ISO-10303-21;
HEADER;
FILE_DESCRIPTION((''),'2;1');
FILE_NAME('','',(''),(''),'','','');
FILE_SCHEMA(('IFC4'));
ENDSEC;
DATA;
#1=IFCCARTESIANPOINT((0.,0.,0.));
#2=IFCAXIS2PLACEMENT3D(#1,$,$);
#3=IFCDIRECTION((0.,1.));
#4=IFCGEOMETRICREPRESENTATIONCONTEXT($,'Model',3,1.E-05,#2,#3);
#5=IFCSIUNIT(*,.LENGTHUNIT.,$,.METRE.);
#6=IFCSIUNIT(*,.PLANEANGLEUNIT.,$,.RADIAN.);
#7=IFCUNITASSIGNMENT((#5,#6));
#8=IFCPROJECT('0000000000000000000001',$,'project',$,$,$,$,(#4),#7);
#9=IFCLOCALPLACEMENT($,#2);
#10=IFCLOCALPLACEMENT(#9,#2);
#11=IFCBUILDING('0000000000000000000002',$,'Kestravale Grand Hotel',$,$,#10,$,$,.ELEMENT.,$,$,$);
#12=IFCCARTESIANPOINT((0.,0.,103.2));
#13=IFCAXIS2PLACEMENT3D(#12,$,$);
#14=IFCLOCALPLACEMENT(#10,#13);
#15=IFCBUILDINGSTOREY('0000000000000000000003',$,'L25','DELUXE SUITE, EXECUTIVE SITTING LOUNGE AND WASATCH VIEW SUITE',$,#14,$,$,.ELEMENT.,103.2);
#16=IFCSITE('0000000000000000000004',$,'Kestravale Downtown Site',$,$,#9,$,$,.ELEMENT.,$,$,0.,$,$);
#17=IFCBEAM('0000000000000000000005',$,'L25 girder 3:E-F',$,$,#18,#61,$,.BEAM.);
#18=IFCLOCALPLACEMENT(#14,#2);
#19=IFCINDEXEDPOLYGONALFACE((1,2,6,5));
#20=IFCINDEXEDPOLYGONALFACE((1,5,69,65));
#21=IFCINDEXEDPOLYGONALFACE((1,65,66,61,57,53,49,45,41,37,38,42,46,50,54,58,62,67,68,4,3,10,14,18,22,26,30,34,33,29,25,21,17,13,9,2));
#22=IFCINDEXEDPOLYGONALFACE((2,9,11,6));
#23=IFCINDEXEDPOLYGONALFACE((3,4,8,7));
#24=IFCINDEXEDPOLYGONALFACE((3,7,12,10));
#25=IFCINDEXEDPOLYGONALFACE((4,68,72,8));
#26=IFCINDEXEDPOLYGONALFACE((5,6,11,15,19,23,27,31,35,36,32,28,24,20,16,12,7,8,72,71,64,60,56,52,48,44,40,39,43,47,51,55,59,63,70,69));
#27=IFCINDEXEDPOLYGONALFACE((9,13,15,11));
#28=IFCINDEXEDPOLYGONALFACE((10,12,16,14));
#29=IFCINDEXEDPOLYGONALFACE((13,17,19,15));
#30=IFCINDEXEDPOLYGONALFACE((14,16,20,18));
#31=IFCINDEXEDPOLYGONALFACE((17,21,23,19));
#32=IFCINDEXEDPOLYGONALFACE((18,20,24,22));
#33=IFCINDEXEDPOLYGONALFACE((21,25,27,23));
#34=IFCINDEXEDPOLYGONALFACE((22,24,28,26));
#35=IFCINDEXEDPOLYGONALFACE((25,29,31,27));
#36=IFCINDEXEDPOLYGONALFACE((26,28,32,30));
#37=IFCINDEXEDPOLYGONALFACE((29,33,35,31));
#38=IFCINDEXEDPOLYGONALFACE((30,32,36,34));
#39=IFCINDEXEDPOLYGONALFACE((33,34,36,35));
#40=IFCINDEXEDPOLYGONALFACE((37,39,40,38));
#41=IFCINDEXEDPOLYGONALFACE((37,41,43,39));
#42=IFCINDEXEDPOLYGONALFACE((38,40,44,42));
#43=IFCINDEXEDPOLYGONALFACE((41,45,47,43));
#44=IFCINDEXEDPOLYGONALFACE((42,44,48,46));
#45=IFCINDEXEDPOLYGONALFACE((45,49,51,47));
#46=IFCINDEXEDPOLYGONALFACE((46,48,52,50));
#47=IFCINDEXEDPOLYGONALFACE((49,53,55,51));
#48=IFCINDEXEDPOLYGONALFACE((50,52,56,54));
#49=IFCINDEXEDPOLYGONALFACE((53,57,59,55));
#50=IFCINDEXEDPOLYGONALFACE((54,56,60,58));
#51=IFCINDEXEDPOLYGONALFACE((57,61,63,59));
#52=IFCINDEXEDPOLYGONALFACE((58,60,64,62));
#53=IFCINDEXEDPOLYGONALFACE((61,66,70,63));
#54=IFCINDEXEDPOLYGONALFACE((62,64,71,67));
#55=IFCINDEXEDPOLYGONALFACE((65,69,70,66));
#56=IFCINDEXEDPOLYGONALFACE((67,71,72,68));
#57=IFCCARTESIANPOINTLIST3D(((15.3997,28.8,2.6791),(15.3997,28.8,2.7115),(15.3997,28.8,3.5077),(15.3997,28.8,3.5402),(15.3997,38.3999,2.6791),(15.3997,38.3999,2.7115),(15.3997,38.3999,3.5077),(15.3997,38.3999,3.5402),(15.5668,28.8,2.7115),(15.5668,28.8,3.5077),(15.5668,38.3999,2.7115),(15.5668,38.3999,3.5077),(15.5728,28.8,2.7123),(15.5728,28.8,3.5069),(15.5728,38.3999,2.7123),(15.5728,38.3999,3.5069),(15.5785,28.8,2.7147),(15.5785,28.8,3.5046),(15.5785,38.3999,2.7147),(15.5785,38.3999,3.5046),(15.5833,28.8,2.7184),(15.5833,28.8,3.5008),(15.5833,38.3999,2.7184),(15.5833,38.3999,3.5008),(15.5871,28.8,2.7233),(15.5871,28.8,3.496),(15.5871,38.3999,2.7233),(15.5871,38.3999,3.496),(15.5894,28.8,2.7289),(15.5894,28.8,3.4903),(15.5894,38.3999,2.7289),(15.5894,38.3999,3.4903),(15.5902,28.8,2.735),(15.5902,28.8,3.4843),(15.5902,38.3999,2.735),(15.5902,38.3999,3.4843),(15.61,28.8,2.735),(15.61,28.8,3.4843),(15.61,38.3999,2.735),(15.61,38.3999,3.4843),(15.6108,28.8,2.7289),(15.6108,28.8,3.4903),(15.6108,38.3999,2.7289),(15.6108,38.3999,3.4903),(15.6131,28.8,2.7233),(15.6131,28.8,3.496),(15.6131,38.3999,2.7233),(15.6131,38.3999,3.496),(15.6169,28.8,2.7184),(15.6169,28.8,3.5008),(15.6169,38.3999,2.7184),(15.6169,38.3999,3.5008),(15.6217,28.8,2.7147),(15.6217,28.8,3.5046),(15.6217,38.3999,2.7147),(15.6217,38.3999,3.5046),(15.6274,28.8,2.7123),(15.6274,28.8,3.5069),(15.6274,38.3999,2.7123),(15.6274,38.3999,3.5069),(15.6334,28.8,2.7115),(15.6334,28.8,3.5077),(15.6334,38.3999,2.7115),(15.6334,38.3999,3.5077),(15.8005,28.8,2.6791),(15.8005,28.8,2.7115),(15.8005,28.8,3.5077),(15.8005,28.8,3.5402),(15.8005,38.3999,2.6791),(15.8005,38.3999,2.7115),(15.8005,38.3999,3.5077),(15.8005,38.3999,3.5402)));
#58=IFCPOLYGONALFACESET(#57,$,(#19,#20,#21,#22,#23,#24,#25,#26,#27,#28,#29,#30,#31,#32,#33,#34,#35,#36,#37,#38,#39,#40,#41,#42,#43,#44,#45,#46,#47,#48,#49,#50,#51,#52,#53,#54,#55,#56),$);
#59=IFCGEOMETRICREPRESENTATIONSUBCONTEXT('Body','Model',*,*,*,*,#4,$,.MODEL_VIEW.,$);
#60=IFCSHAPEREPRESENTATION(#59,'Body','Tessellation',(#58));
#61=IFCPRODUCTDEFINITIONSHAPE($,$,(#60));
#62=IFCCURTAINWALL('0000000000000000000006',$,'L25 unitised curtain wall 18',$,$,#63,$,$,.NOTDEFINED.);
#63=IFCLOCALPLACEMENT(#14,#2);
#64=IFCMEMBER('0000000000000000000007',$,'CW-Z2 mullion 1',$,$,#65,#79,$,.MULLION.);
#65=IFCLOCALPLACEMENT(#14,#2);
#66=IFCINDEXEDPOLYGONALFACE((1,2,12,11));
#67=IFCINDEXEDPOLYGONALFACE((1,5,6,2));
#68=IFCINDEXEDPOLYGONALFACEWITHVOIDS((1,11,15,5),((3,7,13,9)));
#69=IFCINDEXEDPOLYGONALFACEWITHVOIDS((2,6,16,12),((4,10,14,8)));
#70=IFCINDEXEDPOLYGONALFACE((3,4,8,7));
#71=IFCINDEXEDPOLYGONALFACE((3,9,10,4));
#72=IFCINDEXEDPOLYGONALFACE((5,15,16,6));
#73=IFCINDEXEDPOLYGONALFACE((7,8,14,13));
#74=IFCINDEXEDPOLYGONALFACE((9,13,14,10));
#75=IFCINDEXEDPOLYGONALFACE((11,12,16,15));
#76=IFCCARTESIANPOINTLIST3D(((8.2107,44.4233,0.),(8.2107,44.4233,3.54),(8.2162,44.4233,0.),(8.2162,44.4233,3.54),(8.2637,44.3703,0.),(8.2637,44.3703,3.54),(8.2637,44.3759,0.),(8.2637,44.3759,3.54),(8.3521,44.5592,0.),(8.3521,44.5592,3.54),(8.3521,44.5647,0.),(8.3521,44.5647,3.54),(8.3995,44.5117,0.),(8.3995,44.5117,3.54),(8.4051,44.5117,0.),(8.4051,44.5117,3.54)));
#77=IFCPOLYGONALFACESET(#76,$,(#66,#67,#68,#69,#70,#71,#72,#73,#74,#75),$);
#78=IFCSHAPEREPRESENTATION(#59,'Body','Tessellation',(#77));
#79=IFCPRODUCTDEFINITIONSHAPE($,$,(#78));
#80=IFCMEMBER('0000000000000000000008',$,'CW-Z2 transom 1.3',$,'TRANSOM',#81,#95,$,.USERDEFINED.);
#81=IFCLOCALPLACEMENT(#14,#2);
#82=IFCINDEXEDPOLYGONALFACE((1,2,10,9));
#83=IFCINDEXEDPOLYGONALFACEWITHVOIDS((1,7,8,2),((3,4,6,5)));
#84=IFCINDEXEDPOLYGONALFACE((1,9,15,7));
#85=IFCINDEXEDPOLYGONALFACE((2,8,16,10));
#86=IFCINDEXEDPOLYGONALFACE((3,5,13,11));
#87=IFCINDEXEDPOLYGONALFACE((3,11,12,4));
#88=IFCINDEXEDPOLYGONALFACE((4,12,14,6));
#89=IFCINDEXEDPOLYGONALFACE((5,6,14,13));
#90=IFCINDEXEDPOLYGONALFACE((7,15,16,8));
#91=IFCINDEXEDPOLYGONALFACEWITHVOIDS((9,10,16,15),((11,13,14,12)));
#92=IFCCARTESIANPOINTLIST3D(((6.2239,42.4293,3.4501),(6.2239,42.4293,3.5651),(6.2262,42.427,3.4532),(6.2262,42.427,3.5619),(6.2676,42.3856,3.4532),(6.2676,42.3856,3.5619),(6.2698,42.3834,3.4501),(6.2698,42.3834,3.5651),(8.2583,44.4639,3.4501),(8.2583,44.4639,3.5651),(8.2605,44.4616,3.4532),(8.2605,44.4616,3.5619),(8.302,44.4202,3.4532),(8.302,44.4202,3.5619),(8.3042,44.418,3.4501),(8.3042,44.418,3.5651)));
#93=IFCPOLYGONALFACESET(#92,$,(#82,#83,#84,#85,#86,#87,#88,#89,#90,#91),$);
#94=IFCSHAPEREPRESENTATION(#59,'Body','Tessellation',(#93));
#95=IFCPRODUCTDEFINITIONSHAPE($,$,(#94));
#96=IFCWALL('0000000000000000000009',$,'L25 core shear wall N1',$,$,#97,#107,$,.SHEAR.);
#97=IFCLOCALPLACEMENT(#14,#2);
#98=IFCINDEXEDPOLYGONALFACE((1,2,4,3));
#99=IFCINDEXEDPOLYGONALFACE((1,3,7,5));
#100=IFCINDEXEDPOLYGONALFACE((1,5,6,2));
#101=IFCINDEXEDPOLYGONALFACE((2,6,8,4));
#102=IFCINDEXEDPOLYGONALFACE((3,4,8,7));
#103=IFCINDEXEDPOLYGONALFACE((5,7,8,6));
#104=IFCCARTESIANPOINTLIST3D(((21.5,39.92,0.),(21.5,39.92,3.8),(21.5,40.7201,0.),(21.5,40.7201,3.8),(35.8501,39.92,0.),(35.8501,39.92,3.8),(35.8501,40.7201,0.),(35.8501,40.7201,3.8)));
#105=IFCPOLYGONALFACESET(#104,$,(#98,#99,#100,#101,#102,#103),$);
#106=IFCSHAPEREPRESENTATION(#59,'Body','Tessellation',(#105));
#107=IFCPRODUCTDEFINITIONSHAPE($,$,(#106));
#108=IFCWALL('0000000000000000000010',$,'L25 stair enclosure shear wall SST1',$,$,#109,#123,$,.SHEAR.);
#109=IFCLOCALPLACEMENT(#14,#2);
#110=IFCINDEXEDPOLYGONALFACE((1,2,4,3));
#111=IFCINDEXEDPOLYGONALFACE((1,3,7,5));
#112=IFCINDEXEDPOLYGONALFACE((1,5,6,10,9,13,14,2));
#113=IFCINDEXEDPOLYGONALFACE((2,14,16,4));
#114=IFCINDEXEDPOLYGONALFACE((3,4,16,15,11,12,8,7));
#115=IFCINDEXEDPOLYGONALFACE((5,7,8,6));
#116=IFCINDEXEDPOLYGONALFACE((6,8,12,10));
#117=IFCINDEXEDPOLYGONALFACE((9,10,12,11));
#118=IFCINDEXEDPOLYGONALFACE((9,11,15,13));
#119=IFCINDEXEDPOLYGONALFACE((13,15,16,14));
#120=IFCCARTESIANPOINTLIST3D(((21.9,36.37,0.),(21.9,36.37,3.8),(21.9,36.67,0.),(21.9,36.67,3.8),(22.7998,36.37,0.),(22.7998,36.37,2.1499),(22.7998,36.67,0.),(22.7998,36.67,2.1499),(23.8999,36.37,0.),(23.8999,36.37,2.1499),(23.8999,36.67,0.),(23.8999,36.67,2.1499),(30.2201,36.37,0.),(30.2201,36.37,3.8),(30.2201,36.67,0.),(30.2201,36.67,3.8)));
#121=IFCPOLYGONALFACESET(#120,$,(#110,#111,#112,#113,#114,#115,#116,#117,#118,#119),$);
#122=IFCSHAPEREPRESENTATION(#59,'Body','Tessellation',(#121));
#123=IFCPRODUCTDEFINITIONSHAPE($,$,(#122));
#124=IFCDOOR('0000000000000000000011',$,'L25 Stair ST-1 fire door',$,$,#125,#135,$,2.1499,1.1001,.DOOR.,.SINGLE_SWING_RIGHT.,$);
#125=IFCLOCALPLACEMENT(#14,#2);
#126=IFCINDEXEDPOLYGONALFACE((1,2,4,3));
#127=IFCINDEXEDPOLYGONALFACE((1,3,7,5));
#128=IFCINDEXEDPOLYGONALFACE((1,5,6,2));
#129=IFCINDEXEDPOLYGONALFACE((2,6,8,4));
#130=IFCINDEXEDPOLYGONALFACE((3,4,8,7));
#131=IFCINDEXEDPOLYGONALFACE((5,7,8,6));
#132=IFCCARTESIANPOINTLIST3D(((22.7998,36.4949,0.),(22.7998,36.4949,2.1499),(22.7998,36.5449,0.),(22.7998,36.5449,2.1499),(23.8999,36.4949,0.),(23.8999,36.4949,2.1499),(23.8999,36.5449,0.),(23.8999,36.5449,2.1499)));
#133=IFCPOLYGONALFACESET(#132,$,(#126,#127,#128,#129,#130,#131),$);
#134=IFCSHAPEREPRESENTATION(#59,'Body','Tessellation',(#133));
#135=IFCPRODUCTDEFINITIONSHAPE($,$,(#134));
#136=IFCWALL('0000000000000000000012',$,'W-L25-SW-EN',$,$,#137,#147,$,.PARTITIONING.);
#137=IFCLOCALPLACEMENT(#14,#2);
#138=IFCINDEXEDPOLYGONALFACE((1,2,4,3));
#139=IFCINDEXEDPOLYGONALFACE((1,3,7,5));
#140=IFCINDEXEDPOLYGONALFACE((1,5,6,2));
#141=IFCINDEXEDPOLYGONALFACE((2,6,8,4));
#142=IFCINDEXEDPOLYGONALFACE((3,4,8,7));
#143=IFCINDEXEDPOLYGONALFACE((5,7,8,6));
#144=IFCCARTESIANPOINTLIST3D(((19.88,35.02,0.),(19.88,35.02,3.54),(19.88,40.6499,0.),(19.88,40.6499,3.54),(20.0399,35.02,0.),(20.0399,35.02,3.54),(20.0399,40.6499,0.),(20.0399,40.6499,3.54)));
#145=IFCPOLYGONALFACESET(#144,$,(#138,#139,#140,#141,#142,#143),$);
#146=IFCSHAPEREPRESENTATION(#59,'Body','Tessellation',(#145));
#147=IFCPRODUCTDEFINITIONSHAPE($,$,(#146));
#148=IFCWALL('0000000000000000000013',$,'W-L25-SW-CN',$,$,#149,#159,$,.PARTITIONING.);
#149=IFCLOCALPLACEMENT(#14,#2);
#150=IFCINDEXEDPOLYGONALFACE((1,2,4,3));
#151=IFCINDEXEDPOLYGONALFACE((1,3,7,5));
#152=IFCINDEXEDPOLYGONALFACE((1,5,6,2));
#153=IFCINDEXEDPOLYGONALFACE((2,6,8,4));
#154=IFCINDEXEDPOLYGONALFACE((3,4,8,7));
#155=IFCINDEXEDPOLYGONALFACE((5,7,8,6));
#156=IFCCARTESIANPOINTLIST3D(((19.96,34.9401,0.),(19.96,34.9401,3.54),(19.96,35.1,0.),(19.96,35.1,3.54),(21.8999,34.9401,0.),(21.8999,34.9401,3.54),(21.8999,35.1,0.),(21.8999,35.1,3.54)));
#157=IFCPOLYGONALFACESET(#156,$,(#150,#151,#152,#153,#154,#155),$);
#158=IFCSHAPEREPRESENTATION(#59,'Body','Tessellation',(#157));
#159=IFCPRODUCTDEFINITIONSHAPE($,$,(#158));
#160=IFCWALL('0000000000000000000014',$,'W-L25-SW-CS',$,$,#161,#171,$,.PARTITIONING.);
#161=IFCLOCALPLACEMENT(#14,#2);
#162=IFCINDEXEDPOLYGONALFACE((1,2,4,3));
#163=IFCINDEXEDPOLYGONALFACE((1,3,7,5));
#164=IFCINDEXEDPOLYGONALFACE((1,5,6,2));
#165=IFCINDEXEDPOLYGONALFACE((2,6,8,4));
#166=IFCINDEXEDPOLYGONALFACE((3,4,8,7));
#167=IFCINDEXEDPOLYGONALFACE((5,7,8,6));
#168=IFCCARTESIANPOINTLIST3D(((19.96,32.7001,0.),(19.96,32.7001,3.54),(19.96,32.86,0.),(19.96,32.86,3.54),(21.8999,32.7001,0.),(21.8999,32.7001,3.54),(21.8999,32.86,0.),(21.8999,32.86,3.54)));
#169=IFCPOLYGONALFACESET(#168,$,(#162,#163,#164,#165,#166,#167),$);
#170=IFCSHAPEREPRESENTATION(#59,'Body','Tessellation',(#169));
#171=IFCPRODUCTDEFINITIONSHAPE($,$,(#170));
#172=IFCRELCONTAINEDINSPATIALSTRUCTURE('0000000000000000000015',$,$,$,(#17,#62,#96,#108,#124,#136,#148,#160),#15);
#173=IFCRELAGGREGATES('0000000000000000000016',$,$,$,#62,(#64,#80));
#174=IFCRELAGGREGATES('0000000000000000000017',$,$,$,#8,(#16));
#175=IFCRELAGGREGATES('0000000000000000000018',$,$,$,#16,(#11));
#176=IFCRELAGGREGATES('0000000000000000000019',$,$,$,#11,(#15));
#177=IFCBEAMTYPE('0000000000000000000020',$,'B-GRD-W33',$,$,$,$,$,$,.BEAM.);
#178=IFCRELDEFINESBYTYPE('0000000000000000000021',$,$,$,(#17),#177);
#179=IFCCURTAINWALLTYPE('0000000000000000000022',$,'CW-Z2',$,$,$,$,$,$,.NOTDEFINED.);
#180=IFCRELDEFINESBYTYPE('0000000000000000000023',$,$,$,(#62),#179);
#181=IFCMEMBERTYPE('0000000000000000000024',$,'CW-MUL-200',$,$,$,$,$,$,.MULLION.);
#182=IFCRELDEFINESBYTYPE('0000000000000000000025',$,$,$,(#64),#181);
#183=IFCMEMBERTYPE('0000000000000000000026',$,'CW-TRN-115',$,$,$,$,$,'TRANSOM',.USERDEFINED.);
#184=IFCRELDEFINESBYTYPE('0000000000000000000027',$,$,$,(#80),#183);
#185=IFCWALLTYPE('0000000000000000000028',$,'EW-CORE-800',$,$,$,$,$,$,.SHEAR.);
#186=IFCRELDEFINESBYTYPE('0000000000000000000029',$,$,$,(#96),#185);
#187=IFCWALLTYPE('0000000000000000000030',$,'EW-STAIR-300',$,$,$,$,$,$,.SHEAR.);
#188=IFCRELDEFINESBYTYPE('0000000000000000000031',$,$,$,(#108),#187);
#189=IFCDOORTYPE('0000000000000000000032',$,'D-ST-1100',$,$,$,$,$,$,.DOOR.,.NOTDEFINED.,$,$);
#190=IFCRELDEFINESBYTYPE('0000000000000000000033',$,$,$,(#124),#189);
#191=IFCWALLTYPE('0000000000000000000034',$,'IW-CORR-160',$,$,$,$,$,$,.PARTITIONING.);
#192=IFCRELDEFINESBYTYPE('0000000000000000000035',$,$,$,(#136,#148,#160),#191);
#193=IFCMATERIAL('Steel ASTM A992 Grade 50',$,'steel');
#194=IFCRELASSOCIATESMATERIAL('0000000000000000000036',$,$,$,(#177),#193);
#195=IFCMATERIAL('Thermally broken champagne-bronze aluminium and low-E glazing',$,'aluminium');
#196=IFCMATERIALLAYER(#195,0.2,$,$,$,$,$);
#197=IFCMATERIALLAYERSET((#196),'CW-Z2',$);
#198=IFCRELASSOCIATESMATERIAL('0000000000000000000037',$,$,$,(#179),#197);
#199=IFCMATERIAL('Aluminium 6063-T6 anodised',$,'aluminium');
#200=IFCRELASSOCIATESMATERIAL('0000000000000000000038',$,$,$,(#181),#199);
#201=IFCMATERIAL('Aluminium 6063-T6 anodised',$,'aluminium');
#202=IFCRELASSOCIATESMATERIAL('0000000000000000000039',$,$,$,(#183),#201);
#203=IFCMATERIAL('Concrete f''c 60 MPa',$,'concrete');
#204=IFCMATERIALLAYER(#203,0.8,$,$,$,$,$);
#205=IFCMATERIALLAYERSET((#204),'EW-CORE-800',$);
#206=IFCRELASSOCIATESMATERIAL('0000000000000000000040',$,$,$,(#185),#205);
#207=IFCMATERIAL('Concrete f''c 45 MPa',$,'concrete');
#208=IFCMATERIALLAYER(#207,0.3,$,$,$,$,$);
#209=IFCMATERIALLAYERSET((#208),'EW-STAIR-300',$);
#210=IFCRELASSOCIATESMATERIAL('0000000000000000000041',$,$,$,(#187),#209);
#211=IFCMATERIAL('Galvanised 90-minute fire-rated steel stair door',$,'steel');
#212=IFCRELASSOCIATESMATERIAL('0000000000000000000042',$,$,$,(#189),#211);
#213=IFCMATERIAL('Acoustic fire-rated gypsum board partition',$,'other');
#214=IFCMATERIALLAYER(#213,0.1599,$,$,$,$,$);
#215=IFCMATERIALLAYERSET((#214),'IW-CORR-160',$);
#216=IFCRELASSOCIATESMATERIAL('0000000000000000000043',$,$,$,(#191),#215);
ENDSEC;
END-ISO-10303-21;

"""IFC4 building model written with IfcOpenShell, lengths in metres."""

from ifc_helpers import new_model, si_unit, direction, frame, frame_2d, origin, origin_2d, place, context, subcontext, project, spatial, rectangle, hollow_rectangle, i_section, extrude, material, layer, layer_set, material_profile, profile_set, type_object, element, fill, aggregate, save


model = new_model("IFC4")

# Units and contexts
model_context = context("Model", 3, precision=1e-05, world=origin(), true_north=direction((0.0, 1.0)))
body_context = subcontext(model_context, "Body", "Model", "MODEL_VIEW")
ifc_project = project(units=[si_unit("LENGTHUNIT", "METRE"), si_unit("PLANEANGLEUNIT", "RADIAN")], contexts=[model_context])

# Site, building, storey
site_placement = place(None, origin())
site = spatial("IfcSite", under=ifc_project, at=site_placement, Name="Kestravale Downtown Site", CompositionType="ELEMENT", RefElevation=0.0)
building_placement = place(site_placement, origin())
building = spatial("IfcBuilding", under=site, at=building_placement, Name="Kestravale Grand Hotel", CompositionType="ELEMENT")
storey_placement = place(building_placement, frame((0.0, 0.0, 103.2)))
storey = spatial("IfcBuildingStorey", under=building, at=storey_placement, Name="L25", Description="DELUXE SUITE, EXECUTIVE SITTING LOUNGE AND WASATCH VIEW SUITE", CompositionType="ELEMENT", Elevation=103.2)

# Beam
ifc_material_1 = material(Name="Steel ASTM A992 Grade 50", Category="steel")
ifc_material_profile_1 = material_profile(ifc_material_1, i_section(OverallWidth=0.4009, OverallDepth=0.8611, WebThickness=0.0198, FlangeThickness=0.0325, FilletRadius=0.0234, at=origin_2d()))
ifc_profile_set_1 = profile_set([ifc_material_profile_1], Name="Steel ASTM A992 Grade 50")
beam_type_1 = type_object("IfcBeamType", Name="B-GRD-W33", PredefinedType="BEAM", material=ifc_profile_set_1)
beam_1_placement = place(storey_placement, frame((15.6001, 28.8, 3.1096), z_axis=(0.0, 1.0, 0.0), x_axis=(-1.0, 0.0, 0.0)))
element("IfcBeam", 1, at=beam_1_placement, inside=storey, type_object=beam_type_1, Name="L25 girder 3:E-F", PredefinedType="BEAM", context=body_context, shape_type="SweptSolid", body=[
    extrude(i_section(OverallWidth=0.4009, OverallDepth=0.8611, WebThickness=0.0198, FlangeThickness=0.0325, FilletRadius=0.0234, at=origin_2d()), origin(), (0.0, 0.0, 1.0), 9.5999),
])

# Curtain wall, members
ifc_material_2 = material(Name="Thermally broken champagne-bronze aluminium and low-E glazing", Category="aluminium")
ifc_layer_1 = layer(ifc_material_2, 0.2)
ifc_layer_set_1 = layer_set([ifc_layer_1], Name="CW-Z2")
curtain_wall_type = type_object("IfcCurtainWallType", Name="CW-Z2", PredefinedType="NOTDEFINED", material=ifc_layer_set_1)
curtain_wall_placement = place(storey_placement, origin())
curtain_wall = element("IfcCurtainWall", 2, at=curtain_wall_placement, inside=storey, type_object=curtain_wall_type, Name="L25 unitised curtain wall 18", PredefinedType="NOTDEFINED")
ifc_material_3 = material(Name="Aluminium 6063-T6 anodised", Category="aluminium")
ifc_material_profile_2 = material_profile(ifc_material_3, hollow_rectangle(XDim=0.075, YDim=0.2, WallThickness=0.0039, at=origin_2d()))
ifc_profile_set_2 = profile_set([ifc_material_profile_2], Name="Aluminium 6063-T6 anodised")
member_type_1 = type_object("IfcMemberType", Name="CW-MUL-200", PredefinedType="MULLION", material=ifc_profile_set_2)
member_1_placement = place(storey_placement, frame((8.3079, 44.4675, 0.0), z_axis=(0.0, 0.0, 1.0), x_axis=(0.707107, -0.707107, 0.0)))
member_1 = element("IfcMember", 3, at=member_1_placement, type_object=member_type_1, Name="CW-Z2 mullion 1", PredefinedType="MULLION", context=body_context, shape_type="SweptSolid", body=[
    extrude(hollow_rectangle(XDim=0.075, YDim=0.2, WallThickness=0.0039, at=origin_2d()), origin(), (0.0, 0.0, 1.0), 3.54),
])
ifc_material_4 = material(Name="Aluminium 6063-T6 anodised", Category="aluminium")
ifc_material_profile_3 = material_profile(ifc_material_4, hollow_rectangle(XDim=0.0649, YDim=0.115, WallThickness=0.0032, at=origin_2d()))
ifc_profile_set_3 = profile_set([ifc_material_profile_3], Name="Aluminium 6063-T6 anodised")
member_type_2 = type_object("IfcMemberType", Name="CW-TRN-115", ElementType="TRANSOM", PredefinedType="USERDEFINED", material=ifc_profile_set_3)
member_2_placement = place(storey_placement, frame((8.2812, 44.4409, 3.5076), z_axis=(-0.707064, -0.707149, 0.0), x_axis=(0.707149, -0.707064, 0.0)))
member_2 = element("IfcMember", 4, at=member_2_placement, type_object=member_type_2, Name="CW-Z2 transom 1.3", ObjectType="TRANSOM", PredefinedType="USERDEFINED", context=body_context, shape_type="SweptSolid", body=[
    extrude(hollow_rectangle(XDim=0.0649, YDim=0.115, WallThickness=0.0032, at=origin_2d()), origin(), (0.0, 0.0, 1.0), 2.8772),
])
aggregate(curtain_wall, [member_1, member_2])

# Wall
ifc_material_5 = material(Name="Concrete f'c 60 MPa", Category="concrete")
ifc_layer_2 = layer(ifc_material_5, 0.8)
ifc_layer_set_2 = layer_set([ifc_layer_2], Name="EW-CORE-800")
wall_type_1 = type_object("IfcWallType", Name="EW-CORE-800", PredefinedType="SHEAR", material=ifc_layer_set_2)
wall_1_placement = place(storey_placement, frame((21.5, 40.3201, 0.0), z_axis=(0.0, 0.0, 1.0), x_axis=(1.0, 0.0, 0.0)))
element("IfcWall", 5, at=wall_1_placement, inside=storey, type_object=wall_type_1, Name="L25 core shear wall N1", PredefinedType="SHEAR", context=body_context, shape_type="SweptSolid", body=[
    extrude(rectangle(XDim=14.3501, YDim=0.8, at=frame_2d((7.175, 0.0))), origin(), (0.0, 0.0, 1.0), 3.8),
])

# Wall, opening, door
ifc_material_6 = material(Name="Concrete f'c 45 MPa", Category="concrete")
ifc_layer_3 = layer(ifc_material_6, 0.3)
ifc_layer_set_3 = layer_set([ifc_layer_3], Name="EW-STAIR-300")
wall_type_2 = type_object("IfcWallType", Name="EW-STAIR-300", PredefinedType="SHEAR", material=ifc_layer_set_3)
wall_2_placement = place(storey_placement, frame((21.8999, 36.52, 0.0), z_axis=(0.0, 0.0, 1.0), x_axis=(1.0, 0.0, 0.0)))
wall_2 = element("IfcWall", 6, at=wall_2_placement, inside=storey, type_object=wall_type_2, Name="L25 stair enclosure shear wall SST1", PredefinedType="SHEAR", context=body_context, shape_type="SweptSolid", body=[
    extrude(rectangle(XDim=8.3201, YDim=0.3, at=frame_2d((4.1602, 0.0))), origin(), (0.0, 0.0, 1.0), 3.8),
])
opening_1_placement = place(wall_2_placement, frame((0.8999, 0.0, 0.0)))
opening_1 = element("IfcOpeningElement", 7, at=opening_1_placement, cuts=wall_2, PredefinedType="OPENING", context=body_context, shape_type="SweptSolid", body=[
    extrude(rectangle(XDim=1.1001, YDim=2.1499, at=frame_2d((0.55, 1.075))), frame((0.0, 0.1599, 0.0), z_axis=(0.0, -1.0, 0.0), x_axis=(1.0, 0.0, 0.0)), (0.0, 0.0, 1.0), 0.3201),
])
ifc_material_7 = material(Name="Galvanised 90-minute fire-rated steel stair door", Category="steel")
door_type_1 = type_object("IfcDoorType", Name="D-ST-1100", OperationType="NOTDEFINED", PredefinedType="DOOR", material=ifc_material_7)
door_1_placement = place(opening_1_placement, origin())
door_1 = element("IfcDoor", 8, at=door_1_placement, inside=storey, type_object=door_type_1, Name="L25 Stair ST-1 fire door", OperationType="SINGLE_SWING_RIGHT", OverallHeight=2.1499, OverallWidth=1.1001, PredefinedType="DOOR", context=body_context, shape_type="SweptSolid", body=[
    extrude(rectangle(XDim=1.1001, YDim=2.1499, at=frame_2d((0.55, 1.075))), frame((0.0, 0.0249, 0.0), z_axis=(0.0, -1.0, 0.0), x_axis=(1.0, 0.0, 0.0)), (0.0, 0.0, 1.0), 0.05),
])
fill(opening_1, door_1)

# Walls
ifc_material_8 = material(Name="Acoustic fire-rated gypsum board partition", Category="other")
ifc_layer_4 = layer(ifc_material_8, 0.1599)
ifc_layer_set_4 = layer_set([ifc_layer_4], Name="IW-CORR-160")
wall_type_3 = type_object("IfcWallType", Name="IW-CORR-160", PredefinedType="PARTITIONING", material=ifc_layer_set_4)
wall_3_placement = place(storey_placement, frame((19.96, 35.02, 0.0), z_axis=(0.0, 0.0, 1.0), x_axis=(0.0, 1.0, 0.0)))
element("IfcWall", 9, at=wall_3_placement, inside=storey, type_object=wall_type_3, Name="W-L25-SW-EN", PredefinedType="PARTITIONING", context=body_context, shape_type="SweptSolid", body=[
    extrude(rectangle(XDim=5.6299, YDim=0.1599, at=frame_2d((2.8149, 0.0))), origin(), (0.0, 0.0, 1.0), 3.54),
])
for number, where, z_axis, x_axis, name in (
    (10, (19.96, 35.02, 0.0), (0.0, 0.0, 1.0), (1.0, 0.0, 0.0), "W-L25-SW-CN"),
    (11, (19.96, 32.78, 0.0), (0.0, 0.0, 1.0), (1.0, 0.0, 0.0), "W-L25-SW-CS"),
):
    element("IfcWall", number, at=place(storey_placement, frame(where, z_axis=z_axis, x_axis=x_axis)), inside=storey, type_object=wall_type_3, Name=name, PredefinedType="PARTITIONING", context=body_context, shape_type="SweptSolid", body=[
        extrude(rectangle(XDim=1.9399, YDim=0.1599, at=frame_2d((0.97, 0.0))), origin(), (0.0, 0.0, 1.0), 3.54),
    ])

save(model, "model.ifc")
